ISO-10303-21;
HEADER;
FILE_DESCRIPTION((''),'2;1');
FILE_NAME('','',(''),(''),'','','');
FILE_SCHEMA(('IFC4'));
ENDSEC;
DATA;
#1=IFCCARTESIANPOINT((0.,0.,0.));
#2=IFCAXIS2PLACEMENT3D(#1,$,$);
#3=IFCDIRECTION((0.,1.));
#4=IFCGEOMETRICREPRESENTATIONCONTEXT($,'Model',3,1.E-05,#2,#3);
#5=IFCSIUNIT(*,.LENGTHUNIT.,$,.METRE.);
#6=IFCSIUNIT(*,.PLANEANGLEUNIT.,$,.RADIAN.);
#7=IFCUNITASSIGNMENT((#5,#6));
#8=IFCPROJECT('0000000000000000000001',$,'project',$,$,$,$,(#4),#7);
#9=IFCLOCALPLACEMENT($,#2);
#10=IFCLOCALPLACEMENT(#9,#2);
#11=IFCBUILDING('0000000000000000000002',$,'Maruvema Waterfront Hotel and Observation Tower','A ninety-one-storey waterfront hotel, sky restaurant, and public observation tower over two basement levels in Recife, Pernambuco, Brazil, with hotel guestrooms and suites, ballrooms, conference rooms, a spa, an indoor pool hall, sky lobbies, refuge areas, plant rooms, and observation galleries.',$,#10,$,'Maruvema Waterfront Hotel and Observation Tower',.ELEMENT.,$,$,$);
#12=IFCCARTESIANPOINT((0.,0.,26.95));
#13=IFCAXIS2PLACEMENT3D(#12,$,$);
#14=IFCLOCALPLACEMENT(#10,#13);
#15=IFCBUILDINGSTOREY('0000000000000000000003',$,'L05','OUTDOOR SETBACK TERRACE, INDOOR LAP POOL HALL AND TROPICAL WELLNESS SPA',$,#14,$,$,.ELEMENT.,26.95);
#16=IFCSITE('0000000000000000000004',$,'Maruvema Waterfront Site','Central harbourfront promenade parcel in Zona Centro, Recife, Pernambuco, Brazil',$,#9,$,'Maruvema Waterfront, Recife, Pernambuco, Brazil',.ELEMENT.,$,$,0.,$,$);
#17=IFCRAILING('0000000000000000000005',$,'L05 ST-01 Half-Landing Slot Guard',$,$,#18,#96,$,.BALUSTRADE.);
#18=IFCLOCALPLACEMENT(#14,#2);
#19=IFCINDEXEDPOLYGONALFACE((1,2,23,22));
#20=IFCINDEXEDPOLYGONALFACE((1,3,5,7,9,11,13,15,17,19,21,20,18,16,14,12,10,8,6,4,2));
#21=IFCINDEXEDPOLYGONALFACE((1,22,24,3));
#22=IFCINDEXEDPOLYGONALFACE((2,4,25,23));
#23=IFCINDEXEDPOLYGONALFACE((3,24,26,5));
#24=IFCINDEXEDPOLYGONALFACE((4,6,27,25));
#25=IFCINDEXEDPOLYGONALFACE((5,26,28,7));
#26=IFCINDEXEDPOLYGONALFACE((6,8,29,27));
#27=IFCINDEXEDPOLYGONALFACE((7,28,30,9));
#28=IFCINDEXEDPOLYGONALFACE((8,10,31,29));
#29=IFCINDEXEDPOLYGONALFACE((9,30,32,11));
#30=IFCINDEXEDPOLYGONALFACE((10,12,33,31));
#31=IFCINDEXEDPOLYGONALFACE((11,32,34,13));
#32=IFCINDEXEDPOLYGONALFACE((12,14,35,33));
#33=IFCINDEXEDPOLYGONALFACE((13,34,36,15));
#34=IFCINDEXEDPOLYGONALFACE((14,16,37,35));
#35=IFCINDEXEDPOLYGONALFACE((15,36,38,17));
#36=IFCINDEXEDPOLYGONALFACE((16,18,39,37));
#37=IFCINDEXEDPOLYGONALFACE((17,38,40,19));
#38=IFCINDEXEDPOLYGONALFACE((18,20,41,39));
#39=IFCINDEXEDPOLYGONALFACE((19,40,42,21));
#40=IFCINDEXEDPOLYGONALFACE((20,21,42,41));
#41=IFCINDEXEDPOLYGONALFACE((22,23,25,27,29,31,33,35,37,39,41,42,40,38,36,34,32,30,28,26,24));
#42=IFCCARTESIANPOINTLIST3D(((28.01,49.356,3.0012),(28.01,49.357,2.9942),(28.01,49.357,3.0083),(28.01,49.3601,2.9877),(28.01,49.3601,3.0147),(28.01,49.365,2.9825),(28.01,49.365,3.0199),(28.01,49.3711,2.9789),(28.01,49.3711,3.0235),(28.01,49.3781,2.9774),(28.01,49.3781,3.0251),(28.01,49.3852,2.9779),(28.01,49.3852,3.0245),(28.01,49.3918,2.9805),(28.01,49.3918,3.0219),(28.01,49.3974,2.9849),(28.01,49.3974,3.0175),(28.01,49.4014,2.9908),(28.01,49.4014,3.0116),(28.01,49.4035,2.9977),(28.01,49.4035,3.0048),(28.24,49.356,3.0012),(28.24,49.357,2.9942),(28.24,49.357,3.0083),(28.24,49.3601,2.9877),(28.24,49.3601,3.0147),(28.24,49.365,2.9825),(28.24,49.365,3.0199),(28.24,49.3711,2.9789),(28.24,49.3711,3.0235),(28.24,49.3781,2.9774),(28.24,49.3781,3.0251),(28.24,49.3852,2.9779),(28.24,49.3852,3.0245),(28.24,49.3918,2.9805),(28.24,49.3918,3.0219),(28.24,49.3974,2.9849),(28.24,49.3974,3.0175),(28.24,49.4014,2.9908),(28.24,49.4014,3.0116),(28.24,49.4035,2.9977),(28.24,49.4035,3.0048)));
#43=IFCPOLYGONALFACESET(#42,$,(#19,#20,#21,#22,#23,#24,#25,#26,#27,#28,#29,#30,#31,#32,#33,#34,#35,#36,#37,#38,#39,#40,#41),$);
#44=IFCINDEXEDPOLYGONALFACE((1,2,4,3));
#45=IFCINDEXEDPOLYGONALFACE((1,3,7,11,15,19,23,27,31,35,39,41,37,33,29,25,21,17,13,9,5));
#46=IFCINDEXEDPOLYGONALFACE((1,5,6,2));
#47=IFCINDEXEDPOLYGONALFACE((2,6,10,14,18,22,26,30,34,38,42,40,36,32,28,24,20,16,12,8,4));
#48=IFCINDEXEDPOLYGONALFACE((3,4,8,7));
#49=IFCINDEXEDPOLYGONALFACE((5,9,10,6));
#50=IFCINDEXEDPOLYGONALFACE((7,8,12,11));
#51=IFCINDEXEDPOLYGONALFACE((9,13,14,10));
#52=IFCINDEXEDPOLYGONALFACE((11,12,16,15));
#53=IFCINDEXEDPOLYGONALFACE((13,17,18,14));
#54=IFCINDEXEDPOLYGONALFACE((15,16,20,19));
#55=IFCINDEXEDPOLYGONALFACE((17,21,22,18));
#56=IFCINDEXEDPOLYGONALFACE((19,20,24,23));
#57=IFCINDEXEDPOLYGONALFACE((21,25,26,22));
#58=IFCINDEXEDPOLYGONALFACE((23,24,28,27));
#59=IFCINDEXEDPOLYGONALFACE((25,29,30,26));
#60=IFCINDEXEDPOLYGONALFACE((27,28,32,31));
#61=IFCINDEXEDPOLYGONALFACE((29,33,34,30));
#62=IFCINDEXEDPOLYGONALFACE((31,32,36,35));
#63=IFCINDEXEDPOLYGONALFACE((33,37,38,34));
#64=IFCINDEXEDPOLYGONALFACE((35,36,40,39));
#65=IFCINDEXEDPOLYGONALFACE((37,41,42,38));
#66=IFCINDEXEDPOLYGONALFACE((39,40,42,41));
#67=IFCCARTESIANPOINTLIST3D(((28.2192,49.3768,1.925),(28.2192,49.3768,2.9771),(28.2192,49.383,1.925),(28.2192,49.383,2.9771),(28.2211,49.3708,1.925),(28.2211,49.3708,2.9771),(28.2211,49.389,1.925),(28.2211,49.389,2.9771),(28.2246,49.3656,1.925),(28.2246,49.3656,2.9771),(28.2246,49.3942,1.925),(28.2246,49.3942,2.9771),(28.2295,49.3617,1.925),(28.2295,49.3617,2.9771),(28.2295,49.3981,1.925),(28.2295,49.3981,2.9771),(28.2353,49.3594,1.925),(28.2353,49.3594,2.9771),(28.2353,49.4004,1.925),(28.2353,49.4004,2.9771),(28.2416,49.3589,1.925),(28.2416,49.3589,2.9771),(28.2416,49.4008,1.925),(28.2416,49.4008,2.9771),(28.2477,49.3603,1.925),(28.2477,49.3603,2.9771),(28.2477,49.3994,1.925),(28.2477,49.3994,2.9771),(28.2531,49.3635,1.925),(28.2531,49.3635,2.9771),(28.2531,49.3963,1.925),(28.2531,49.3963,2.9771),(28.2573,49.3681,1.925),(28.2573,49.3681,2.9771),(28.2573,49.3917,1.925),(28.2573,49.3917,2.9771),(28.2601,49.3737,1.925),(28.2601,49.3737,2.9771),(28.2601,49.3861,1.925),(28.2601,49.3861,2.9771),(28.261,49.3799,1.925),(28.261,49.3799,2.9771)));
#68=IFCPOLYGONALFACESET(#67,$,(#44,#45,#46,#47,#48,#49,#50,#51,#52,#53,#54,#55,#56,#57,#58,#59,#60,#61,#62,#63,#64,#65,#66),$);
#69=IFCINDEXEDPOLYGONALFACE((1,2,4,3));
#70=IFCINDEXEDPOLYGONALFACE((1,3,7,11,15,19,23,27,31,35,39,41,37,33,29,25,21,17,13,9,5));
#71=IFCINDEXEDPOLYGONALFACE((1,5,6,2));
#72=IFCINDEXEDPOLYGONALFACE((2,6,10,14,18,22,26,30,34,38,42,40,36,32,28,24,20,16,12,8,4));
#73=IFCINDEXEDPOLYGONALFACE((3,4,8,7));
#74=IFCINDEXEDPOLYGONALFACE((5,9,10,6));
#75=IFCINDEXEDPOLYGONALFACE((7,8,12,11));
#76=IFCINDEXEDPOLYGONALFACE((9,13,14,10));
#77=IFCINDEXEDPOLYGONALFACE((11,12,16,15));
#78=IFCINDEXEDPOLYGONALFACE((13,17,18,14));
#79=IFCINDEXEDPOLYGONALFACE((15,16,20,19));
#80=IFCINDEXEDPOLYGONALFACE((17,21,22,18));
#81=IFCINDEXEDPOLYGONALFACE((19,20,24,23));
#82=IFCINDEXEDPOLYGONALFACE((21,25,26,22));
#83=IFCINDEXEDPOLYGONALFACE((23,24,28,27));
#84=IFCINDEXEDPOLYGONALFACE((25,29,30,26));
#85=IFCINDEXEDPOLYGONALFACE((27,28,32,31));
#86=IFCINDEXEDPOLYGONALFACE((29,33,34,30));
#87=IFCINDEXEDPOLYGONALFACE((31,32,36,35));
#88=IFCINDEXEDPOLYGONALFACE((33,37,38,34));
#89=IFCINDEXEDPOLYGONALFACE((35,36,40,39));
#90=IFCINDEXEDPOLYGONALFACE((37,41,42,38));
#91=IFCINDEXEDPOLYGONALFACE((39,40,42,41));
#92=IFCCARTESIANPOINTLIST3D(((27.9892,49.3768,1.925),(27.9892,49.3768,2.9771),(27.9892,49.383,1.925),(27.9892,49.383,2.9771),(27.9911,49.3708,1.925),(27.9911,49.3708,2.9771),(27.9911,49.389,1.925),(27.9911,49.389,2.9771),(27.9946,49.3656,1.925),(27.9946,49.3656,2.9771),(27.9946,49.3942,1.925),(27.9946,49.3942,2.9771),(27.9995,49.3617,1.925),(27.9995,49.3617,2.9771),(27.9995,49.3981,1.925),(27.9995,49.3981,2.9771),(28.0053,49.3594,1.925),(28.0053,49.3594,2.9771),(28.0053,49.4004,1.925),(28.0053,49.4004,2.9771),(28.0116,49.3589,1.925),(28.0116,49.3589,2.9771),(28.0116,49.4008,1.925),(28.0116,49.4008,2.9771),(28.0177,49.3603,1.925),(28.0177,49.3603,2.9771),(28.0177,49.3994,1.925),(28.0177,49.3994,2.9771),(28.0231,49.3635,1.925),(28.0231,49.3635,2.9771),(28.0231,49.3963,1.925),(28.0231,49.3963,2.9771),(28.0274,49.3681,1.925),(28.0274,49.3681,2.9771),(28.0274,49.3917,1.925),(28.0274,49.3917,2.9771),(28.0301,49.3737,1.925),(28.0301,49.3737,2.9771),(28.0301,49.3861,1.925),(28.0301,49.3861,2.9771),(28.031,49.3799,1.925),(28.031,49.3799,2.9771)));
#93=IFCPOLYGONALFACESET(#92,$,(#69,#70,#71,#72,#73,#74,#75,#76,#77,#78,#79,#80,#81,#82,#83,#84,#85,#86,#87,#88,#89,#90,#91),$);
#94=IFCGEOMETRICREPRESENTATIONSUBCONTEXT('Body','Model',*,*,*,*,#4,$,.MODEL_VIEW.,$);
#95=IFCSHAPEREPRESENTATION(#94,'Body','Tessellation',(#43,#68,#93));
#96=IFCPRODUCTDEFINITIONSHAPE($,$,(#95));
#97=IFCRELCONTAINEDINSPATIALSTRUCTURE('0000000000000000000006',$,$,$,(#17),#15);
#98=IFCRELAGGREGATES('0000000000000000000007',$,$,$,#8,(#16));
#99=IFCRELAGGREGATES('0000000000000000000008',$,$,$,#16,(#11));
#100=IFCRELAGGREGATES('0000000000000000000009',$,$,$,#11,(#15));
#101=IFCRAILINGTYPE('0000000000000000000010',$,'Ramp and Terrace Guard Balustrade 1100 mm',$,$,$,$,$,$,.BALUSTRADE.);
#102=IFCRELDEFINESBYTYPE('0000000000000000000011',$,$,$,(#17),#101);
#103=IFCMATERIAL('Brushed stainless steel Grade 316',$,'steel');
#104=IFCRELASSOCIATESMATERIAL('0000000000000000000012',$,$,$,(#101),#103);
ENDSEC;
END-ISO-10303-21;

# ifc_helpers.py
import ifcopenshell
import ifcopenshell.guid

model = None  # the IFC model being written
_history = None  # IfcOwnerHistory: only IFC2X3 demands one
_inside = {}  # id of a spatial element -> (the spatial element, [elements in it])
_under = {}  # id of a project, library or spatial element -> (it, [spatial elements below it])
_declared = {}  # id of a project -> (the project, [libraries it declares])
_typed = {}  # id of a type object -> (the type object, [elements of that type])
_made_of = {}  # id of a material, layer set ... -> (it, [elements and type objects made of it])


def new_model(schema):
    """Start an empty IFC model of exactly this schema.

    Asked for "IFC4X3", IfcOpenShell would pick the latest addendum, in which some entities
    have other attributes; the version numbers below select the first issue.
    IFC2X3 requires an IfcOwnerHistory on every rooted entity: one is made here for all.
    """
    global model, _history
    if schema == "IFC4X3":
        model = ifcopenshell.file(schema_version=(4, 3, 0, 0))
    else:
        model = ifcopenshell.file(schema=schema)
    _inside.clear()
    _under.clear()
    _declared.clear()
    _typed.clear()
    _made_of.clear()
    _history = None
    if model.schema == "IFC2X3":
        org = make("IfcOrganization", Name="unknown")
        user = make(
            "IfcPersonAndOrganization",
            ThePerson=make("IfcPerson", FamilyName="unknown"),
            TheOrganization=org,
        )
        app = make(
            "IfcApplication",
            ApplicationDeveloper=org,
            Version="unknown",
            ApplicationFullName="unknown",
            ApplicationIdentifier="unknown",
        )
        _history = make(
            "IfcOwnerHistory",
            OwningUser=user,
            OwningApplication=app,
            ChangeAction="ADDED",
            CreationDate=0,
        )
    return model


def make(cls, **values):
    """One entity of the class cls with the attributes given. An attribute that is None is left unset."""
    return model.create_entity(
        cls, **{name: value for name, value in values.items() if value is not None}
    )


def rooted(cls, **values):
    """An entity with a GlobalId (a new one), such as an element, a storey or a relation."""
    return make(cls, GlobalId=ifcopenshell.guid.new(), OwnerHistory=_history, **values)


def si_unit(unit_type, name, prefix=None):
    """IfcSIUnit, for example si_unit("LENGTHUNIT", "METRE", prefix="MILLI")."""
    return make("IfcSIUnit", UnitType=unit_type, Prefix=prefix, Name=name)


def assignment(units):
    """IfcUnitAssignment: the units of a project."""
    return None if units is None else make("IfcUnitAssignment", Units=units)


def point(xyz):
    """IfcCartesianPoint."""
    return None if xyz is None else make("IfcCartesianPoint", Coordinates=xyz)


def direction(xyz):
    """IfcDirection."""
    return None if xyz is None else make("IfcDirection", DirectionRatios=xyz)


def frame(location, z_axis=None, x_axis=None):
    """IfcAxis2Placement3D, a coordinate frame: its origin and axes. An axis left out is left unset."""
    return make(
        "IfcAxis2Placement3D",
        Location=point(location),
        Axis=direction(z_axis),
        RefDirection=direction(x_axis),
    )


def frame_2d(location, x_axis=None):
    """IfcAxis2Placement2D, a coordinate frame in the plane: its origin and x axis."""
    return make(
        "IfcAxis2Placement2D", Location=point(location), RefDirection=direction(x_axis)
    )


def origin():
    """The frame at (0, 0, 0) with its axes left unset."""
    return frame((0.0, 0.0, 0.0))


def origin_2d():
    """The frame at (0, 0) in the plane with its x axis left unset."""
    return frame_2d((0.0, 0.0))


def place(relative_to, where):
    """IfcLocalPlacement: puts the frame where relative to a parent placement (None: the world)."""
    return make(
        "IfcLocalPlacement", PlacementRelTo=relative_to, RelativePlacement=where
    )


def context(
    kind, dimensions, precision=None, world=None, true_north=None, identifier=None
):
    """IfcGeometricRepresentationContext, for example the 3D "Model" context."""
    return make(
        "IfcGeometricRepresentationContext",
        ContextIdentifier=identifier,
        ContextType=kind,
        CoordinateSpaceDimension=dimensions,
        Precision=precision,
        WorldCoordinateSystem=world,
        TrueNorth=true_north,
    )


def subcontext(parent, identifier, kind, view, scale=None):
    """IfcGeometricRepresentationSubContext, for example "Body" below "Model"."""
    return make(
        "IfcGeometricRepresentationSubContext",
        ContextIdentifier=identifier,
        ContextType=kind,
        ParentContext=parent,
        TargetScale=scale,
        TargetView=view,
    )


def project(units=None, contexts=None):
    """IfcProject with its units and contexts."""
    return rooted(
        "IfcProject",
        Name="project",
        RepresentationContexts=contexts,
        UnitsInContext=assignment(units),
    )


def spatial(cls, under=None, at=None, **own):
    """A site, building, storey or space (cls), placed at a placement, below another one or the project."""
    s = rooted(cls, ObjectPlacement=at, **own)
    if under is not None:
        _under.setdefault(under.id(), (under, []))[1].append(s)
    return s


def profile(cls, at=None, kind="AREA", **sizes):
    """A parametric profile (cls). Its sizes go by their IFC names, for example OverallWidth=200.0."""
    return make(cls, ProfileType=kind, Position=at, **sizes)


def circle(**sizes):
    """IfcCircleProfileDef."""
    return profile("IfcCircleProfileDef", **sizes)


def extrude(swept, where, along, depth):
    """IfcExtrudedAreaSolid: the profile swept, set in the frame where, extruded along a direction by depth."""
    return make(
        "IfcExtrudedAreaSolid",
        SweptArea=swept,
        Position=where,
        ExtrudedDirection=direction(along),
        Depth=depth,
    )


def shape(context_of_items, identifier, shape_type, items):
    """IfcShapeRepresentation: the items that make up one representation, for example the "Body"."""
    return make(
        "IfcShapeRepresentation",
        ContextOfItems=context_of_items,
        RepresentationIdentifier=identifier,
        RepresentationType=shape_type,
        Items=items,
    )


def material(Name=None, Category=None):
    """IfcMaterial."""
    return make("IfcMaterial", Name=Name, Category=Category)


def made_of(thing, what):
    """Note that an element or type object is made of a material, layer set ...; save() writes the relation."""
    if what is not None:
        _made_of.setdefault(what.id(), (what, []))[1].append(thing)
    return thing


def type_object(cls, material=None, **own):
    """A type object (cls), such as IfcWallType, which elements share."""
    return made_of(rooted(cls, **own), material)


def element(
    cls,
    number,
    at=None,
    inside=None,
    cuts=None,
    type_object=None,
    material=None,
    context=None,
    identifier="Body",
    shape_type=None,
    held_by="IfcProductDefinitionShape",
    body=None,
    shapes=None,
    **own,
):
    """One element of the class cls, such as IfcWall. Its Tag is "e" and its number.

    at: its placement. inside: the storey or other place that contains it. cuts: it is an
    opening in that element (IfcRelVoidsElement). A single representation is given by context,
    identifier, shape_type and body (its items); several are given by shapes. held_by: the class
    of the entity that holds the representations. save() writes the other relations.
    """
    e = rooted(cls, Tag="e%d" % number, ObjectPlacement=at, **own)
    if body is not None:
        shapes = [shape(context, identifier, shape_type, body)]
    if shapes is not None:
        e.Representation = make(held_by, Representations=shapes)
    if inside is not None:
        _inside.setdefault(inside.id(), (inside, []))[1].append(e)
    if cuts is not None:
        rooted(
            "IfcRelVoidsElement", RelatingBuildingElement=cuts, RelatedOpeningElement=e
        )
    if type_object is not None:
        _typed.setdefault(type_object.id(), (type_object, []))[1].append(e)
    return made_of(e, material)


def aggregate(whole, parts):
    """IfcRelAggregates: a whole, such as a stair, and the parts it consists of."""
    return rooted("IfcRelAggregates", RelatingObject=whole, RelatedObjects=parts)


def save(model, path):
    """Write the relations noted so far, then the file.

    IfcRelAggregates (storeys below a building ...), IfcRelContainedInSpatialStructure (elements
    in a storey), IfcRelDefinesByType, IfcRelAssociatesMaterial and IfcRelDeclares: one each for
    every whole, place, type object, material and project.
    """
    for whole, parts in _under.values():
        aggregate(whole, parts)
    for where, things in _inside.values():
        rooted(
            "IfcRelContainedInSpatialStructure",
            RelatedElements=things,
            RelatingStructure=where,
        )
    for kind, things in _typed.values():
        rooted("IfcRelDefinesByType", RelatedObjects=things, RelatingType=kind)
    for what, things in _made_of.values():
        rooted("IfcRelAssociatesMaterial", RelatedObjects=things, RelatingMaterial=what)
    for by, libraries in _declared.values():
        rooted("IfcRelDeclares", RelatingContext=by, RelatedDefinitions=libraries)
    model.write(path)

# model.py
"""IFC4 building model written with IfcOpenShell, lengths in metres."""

from ifc_helpers import new_model, si_unit, direction, frame, origin, origin_2d, place, context, subcontext, project, spatial, circle, extrude, material, type_object, element, save


model = new_model("IFC4")

# Units and contexts
model_context = context("Model", 3, precision=1e-05, world=origin(), true_north=direction((0.0, 1.0)))
body_context = subcontext(model_context, "Body", "Model", "MODEL_VIEW")
ifc_project = project(units=[si_unit("LENGTHUNIT", "METRE"), si_unit("PLANEANGLEUNIT", "RADIAN")], contexts=[model_context])

# Site, building, storey
site_placement = place(None, origin())
site = spatial("IfcSite", under=ifc_project, at=site_placement, Name="Maruvema Waterfront Site", Description="Central harbourfront promenade parcel in Zona Centro, Recife, Pernambuco, Brazil", LongName="Maruvema Waterfront, Recife, Pernambuco, Brazil", CompositionType="ELEMENT", RefElevation=0.0)
building_placement = place(site_placement, origin())
building = spatial("IfcBuilding", under=site, at=building_placement, Name="Maruvema Waterfront Hotel and Observation Tower", Description="A ninety-one-storey waterfront hotel, sky restaurant, and public observation tower over two basement levels in Recife, Pernambuco, Brazil, with hotel guestrooms and suites, ballrooms, conference rooms, a spa, an indoor pool hall, sky lobbies, refuge areas, plant rooms, and observation galleries.", LongName="Maruvema Waterfront Hotel and Observation Tower", CompositionType="ELEMENT")
storey_placement = place(building_placement, frame((0.0, 0.0, 26.95)))
storey = spatial("IfcBuildingStorey", under=building, at=storey_placement, Name="L05", Description="OUTDOOR SETBACK TERRACE, INDOOR LAP POOL HALL AND TROPICAL WELLNESS SPA", CompositionType="ELEMENT", Elevation=26.95)

# Railing
ifc_material_1 = material(Name="Brushed stainless steel Grade 316", Category="steel")
railing_type_1 = type_object("IfcRailingType", Name="Ramp and Terrace Guard Balustrade 1100 mm", PredefinedType="BALUSTRADE", material=ifc_material_1)
railing_1_placement = place(storey_placement, frame((28.24, 49.3799, 1.925)))
element("IfcRailing", 1, at=railing_1_placement, inside=storey, type_object=railing_type_1, Name="L05 ST-01 Half-Landing Slot Guard", PredefinedType="BALUSTRADE", context=body_context, shape_type="SweptSolid", body=[
    extrude(circle(Radius=0.0239, at=origin_2d()), frame((0.0, 0.0, 1.0762), z_axis=(-1.0, 0.0, 0.0), x_axis=(0.0, -1.0, 0.0)), (0.0, 0.0, 1.0), 0.23),
    extrude(circle(Radius=0.021, at=origin_2d()), origin(), (0.0, 0.0, 1.0), 1.052),
    extrude(circle(Radius=0.021, at=origin_2d()), frame((-0.23, 0.0, 0.0)), (0.0, 0.0, 1.0), 1.052),
])

save(model, "model.ifc")
